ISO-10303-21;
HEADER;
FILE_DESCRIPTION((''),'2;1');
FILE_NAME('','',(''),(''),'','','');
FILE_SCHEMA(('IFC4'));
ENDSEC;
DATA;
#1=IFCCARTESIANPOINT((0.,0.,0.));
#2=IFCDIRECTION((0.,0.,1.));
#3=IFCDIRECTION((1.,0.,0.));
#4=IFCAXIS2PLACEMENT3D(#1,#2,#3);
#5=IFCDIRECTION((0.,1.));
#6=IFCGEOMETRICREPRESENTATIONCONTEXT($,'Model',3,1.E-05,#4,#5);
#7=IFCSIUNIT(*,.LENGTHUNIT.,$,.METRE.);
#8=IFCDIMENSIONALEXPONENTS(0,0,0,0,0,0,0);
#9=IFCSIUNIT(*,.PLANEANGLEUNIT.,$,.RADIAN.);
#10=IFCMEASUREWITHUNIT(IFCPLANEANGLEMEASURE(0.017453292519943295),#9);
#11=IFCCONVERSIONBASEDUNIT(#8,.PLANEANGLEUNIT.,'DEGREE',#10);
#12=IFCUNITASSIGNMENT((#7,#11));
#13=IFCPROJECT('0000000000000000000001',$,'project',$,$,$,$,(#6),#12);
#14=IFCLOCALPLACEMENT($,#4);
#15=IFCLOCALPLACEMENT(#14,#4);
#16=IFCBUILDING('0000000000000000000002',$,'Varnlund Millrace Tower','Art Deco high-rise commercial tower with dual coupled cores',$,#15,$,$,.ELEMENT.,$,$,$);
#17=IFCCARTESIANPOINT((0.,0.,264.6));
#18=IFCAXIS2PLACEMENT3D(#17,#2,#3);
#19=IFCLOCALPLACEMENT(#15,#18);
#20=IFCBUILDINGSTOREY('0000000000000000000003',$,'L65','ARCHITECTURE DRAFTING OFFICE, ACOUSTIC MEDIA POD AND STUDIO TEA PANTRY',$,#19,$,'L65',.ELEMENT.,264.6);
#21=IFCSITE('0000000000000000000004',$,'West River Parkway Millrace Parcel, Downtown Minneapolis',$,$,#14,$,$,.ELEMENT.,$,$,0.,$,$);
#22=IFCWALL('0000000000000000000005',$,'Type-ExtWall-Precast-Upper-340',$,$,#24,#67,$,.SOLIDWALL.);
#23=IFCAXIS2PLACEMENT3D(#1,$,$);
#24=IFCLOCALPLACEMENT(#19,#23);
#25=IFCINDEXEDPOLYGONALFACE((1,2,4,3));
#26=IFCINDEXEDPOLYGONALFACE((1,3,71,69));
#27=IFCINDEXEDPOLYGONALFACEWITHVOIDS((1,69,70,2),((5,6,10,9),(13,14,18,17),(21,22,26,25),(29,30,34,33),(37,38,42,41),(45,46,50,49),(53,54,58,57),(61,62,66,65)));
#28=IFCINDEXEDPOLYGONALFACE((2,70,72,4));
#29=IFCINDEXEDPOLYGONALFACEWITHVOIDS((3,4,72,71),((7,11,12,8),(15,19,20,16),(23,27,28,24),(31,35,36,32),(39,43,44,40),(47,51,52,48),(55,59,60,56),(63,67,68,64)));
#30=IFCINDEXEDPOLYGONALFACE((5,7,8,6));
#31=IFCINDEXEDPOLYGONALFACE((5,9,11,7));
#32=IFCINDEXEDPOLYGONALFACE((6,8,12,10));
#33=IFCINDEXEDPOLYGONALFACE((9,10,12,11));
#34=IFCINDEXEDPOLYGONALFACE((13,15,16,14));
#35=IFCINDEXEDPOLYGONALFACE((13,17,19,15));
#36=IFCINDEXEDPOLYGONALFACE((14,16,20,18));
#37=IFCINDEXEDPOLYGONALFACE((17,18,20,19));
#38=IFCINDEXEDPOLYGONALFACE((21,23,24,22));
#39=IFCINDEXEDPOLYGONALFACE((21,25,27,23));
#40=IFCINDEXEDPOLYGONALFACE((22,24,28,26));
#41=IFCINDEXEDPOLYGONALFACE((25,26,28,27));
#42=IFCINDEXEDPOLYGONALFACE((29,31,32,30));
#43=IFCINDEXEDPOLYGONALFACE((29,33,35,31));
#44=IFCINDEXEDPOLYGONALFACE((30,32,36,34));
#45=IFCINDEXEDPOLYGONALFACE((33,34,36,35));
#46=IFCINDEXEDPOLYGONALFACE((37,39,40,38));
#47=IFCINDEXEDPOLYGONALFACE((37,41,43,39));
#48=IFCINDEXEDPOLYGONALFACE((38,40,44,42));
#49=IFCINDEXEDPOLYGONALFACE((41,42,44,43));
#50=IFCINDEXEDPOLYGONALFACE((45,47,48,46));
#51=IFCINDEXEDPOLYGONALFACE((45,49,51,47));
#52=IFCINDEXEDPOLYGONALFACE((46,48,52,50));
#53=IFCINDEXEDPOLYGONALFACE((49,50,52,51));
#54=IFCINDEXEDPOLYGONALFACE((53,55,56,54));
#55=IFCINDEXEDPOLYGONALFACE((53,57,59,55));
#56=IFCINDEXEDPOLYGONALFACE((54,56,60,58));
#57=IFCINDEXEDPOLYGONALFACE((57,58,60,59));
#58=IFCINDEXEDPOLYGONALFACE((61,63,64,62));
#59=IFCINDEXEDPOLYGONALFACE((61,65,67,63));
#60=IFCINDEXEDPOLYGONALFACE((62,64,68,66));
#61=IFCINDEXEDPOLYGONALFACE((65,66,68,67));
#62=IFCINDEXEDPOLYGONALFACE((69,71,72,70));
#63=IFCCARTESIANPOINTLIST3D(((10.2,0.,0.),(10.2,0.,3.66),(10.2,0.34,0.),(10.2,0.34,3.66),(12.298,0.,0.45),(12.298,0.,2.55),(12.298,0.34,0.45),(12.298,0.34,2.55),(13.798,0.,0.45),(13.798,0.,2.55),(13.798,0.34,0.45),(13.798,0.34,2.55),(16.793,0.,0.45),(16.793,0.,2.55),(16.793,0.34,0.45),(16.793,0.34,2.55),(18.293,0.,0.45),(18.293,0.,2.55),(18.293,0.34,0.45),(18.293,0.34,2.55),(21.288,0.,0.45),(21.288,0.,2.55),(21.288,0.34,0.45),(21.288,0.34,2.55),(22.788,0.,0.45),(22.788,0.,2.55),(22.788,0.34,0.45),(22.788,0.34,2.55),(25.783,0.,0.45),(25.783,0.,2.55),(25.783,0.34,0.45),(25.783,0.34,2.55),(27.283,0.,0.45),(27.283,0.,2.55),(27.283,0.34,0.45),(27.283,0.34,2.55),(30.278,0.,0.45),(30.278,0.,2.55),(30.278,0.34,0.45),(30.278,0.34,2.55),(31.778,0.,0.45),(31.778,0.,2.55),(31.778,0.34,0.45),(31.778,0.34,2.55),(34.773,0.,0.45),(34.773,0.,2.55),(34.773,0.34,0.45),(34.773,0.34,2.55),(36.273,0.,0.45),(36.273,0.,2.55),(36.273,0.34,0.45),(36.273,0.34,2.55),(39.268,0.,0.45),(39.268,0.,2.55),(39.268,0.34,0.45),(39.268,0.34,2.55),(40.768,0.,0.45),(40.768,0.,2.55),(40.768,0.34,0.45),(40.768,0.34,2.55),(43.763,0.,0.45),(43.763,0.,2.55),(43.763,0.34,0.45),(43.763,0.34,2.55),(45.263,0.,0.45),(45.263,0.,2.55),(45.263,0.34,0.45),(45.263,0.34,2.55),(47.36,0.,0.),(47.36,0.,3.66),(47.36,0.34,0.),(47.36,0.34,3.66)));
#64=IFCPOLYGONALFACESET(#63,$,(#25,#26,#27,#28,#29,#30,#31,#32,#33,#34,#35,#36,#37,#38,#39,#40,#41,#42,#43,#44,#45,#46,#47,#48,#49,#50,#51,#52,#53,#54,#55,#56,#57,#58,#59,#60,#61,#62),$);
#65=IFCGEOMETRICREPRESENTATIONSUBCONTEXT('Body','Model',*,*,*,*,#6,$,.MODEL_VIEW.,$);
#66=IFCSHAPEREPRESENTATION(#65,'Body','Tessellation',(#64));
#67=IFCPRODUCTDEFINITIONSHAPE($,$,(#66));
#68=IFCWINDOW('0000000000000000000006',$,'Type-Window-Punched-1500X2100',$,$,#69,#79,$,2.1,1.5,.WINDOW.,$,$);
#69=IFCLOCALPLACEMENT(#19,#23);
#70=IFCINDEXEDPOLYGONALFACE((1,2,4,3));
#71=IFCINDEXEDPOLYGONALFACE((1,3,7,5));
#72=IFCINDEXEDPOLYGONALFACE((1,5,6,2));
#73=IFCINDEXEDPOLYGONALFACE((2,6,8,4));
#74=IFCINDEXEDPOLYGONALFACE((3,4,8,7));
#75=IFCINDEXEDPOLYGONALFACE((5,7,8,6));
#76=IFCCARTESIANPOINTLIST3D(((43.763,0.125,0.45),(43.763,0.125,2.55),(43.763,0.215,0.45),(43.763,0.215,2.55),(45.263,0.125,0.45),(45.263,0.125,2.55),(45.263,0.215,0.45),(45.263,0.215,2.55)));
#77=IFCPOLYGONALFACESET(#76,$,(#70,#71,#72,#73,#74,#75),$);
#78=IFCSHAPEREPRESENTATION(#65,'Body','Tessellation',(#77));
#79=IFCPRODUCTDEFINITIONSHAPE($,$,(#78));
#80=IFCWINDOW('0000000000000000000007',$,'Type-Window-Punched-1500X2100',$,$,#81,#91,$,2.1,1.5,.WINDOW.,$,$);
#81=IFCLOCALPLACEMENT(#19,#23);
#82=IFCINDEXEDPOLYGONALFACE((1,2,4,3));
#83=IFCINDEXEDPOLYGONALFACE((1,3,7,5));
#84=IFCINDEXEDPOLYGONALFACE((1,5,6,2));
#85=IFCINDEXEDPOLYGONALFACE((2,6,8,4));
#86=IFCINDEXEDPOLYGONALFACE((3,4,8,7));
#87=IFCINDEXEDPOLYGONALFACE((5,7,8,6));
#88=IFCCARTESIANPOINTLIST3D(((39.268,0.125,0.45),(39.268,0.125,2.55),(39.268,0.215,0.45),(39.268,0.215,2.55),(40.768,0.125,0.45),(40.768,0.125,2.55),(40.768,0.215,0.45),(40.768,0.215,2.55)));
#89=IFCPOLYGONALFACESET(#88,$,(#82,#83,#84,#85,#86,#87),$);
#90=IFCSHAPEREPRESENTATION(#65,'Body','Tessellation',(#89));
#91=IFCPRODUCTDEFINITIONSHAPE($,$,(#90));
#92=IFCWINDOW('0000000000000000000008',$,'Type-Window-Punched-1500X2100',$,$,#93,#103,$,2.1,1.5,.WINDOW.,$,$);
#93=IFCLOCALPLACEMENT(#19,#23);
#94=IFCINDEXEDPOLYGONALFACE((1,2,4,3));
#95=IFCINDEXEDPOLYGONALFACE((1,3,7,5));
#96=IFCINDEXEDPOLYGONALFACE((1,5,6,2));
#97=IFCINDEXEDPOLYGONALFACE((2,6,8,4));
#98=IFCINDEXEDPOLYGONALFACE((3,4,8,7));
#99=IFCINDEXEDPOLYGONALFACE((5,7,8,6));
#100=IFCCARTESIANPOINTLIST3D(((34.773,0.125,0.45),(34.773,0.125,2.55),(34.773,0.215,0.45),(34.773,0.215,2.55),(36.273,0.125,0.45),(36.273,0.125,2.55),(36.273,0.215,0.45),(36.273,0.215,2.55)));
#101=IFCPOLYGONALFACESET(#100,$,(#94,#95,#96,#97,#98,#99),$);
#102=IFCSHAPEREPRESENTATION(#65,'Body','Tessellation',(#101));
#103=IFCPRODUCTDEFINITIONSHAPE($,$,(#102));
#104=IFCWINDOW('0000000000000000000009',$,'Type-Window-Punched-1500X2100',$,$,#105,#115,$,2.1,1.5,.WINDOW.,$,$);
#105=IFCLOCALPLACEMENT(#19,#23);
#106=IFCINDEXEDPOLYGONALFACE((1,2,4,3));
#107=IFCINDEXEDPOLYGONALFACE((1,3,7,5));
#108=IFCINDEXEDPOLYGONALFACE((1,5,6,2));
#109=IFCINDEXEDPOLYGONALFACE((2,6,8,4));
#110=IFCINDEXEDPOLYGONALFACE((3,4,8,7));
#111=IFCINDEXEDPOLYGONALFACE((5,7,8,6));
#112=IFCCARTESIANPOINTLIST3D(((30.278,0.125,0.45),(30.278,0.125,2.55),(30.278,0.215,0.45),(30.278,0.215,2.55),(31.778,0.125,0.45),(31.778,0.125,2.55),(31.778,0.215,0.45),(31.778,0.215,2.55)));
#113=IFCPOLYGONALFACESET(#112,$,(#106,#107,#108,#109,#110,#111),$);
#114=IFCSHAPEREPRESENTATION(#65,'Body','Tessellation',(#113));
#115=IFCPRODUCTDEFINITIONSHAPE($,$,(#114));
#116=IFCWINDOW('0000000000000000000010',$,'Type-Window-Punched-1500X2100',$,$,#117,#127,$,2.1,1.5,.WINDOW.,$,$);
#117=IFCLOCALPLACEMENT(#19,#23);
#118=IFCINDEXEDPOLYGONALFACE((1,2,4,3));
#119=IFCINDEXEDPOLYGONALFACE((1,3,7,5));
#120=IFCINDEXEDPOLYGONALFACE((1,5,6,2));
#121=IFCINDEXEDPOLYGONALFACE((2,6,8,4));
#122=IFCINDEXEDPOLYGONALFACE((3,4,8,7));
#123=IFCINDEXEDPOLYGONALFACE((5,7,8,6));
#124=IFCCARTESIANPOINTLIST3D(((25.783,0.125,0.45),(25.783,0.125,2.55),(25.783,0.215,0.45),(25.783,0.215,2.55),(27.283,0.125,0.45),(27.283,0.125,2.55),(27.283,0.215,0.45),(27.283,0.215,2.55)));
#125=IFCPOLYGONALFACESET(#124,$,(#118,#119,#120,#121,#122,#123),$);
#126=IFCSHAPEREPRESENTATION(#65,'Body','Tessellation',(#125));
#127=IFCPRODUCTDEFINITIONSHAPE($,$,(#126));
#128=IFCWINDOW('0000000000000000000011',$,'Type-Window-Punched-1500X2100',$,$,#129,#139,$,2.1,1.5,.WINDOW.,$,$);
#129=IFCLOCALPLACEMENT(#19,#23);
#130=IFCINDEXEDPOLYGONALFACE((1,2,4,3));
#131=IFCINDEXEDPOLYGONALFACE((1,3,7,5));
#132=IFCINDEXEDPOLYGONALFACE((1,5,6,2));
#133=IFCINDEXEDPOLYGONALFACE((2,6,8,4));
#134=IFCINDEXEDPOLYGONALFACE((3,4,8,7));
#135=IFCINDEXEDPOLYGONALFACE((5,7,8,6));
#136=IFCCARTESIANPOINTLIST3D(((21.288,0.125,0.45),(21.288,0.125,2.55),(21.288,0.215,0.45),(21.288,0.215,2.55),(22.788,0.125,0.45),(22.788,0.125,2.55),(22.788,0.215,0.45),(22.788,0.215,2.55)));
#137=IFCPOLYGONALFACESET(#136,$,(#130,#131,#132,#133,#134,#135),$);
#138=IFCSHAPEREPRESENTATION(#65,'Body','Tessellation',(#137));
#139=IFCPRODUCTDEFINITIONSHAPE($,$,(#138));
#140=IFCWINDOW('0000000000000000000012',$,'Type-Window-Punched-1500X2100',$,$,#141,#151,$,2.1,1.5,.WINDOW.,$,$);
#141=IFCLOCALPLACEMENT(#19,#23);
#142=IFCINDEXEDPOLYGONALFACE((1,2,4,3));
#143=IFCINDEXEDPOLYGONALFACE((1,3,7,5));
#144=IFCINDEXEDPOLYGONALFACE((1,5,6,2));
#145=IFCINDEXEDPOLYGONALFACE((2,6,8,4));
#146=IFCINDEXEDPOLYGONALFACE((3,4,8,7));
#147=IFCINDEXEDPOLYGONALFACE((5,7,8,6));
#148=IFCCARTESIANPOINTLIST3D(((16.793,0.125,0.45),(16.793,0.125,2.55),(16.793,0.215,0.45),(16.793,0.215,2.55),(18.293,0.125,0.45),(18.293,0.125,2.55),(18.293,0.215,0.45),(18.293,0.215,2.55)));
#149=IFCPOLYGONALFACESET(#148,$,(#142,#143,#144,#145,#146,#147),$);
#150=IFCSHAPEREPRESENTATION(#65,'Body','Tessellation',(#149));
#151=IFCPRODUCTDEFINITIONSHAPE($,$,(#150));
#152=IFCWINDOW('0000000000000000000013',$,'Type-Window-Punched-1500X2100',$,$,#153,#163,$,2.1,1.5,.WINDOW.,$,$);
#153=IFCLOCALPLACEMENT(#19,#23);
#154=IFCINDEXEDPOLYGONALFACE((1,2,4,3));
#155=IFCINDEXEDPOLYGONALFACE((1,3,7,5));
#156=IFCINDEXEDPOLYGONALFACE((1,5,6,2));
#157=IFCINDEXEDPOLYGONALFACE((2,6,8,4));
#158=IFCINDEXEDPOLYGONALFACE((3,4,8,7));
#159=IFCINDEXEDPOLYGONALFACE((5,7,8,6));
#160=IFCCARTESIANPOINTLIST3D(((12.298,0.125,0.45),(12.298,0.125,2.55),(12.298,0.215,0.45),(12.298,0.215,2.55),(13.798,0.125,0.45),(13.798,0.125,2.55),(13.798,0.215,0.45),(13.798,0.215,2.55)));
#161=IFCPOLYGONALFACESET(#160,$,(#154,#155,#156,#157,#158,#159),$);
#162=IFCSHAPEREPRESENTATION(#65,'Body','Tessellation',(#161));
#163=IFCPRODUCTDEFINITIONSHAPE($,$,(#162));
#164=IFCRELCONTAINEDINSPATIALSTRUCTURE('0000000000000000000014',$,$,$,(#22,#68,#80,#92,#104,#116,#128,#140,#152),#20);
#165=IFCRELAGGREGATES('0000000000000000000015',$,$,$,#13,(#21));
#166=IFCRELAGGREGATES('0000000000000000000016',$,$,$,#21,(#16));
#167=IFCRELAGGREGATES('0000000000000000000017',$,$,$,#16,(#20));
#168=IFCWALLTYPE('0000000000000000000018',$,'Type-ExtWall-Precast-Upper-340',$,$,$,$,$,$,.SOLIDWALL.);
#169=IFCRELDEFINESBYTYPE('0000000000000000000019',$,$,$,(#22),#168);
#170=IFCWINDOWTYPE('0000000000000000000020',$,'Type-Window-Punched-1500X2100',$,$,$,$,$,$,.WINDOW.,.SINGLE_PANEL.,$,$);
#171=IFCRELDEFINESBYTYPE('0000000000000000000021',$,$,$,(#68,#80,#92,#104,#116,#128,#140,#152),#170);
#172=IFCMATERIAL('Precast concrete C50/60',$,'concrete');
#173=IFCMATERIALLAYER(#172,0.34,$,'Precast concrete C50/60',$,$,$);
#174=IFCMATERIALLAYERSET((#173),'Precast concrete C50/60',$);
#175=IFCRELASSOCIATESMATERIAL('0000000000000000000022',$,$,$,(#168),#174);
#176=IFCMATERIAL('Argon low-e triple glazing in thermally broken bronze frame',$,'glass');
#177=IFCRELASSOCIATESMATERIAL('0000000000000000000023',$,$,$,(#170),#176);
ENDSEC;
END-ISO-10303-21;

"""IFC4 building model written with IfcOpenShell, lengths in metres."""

from ifc_helpers import new_model, entity, si_unit, converted_unit, direction, frame, origin_with_axes, origin_2d_with_axis, place, context, subcontext, project, spatial, polyline, rectangle, outline, extrude, material, layer, layer_set, type_object, element, fill, save


model = new_model("IFC4")

# Units and contexts
model_context = context("Model", 3, precision=1e-05, world=origin_with_axes(), true_north=direction((0.0, 1.0)))
body_context = subcontext(model_context, "Body", "Model", "MODEL_VIEW")
ifc_project = project(units=[si_unit("LENGTHUNIT", "METRE"), converted_unit("PLANEANGLEUNIT", "DEGREE", entity("IfcPlaneAngleMeasure", 0.017453292519943295), si_unit("PLANEANGLEUNIT", "RADIAN"), dimensions=[0, 0, 0, 0, 0, 0, 0])], contexts=[model_context])

# Site, building, storey
site_placement = place(None, origin_with_axes())
site = spatial("IfcSite", under=ifc_project, at=site_placement, Name="West River Parkway Millrace Parcel, Downtown Minneapolis", CompositionType="ELEMENT", RefElevation=0.0)
building_placement = place(site_placement, origin_with_axes())
building = spatial("IfcBuilding", under=site, at=building_placement, Name="Varnlund Millrace Tower", Description="Art Deco high-rise commercial tower with dual coupled cores", CompositionType="ELEMENT")
storey_placement = place(building_placement, frame((0.0, 0.0, 264.6), z_axis=(0.0, 0.0, 1.0), x_axis=(1.0, 0.0, 0.0)))
storey = spatial("IfcBuildingStorey", under=building, at=storey_placement, Name="L65", Description="ARCHITECTURE DRAFTING OFFICE, ACOUSTIC MEDIA POD AND STUDIO TEA PANTRY", LongName="L65", CompositionType="ELEMENT", Elevation=264.6)

# Shared definitions
ifc_material_1 = material(Name="Precast concrete C50/60", Category="concrete")
ifc_layer_1 = layer(ifc_material_1, 0.34, Name="Precast concrete C50/60")
ifc_layer_set_1 = layer_set([ifc_layer_1], Name="Precast concrete C50/60")
wall_type_1 = type_object("IfcWallType", Name="Type-ExtWall-Precast-Upper-340", PredefinedType="SOLIDWALL", material=ifc_layer_set_1)

# Wall, openings, windows
wall_1_placement = place(storey_placement, frame((47.36, 0.17, 0.0), z_axis=(0.0, 0.0, 1.0), x_axis=(-1.0, 0.0, 0.0)))
wall_1 = element("IfcWall", 1, at=wall_1_placement, inside=storey, type_object=wall_type_1, Name="Type-ExtWall-Precast-Upper-340", PredefinedType="SOLIDWALL", context=body_context, shape_type="SweptSolid", body=[
    extrude(outline(polyline([(0.0, -0.17), (37.16, -0.17), (37.16, 0.17), (0.0, 0.17), (0.0, -0.17)])), origin_with_axes(), (0.0, 0.0, 1.0), 3.66),
])
opening_1_placement = place(wall_1_placement, frame((2.847, 0.0, 0.45), z_axis=(0.0, 0.0, 1.0), x_axis=(1.0, 0.0, 0.0)))
opening_1 = element("IfcOpeningElement", 2, at=opening_1_placement, cuts=wall_1, PredefinedType="OPENING", context=body_context, shape_type="SweptSolid", body=[
    extrude(rectangle(XDim=1.5, YDim=0.36, at=origin_2d_with_axis()), origin_with_axes(), (0.0, 0.0, 1.0), 2.1),
])
opening_2_placement = place(wall_1_placement, frame((7.342, 0.0, 0.45), z_axis=(0.0, 0.0, 1.0), x_axis=(1.0, 0.0, 0.0)))
opening_2 = element("IfcOpeningElement", 3, at=opening_2_placement, cuts=wall_1, PredefinedType="OPENING", context=body_context, shape_type="SweptSolid", body=[
    extrude(rectangle(XDim=1.5, YDim=0.36, at=origin_2d_with_axis()), origin_with_axes(), (0.0, 0.0, 1.0), 2.1),
])
opening_3_placement = place(wall_1_placement, frame((11.837, 0.0, 0.45), z_axis=(0.0, 0.0, 1.0), x_axis=(1.0, 0.0, 0.0)))
opening_3 = element("IfcOpeningElement", 4, at=opening_3_placement, cuts=wall_1, PredefinedType="OPENING", context=body_context, shape_type="SweptSolid", body=[
    extrude(rectangle(XDim=1.5, YDim=0.36, at=origin_2d_with_axis()), origin_with_axes(), (0.0, 0.0, 1.0), 2.1),
])
opening_4_placement = place(wall_1_placement, frame((16.332, 0.0, 0.45), z_axis=(0.0, 0.0, 1.0), x_axis=(1.0, 0.0, 0.0)))
opening_4 = element("IfcOpeningElement", 5, at=opening_4_placement, cuts=wall_1, PredefinedType="OPENING", context=body_context, shape_type="SweptSolid", body=[
    extrude(rectangle(XDim=1.5, YDim=0.36, at=origin_2d_with_axis()), origin_with_axes(), (0.0, 0.0, 1.0), 2.1),
])
opening_5_placement = place(wall_1_placement, frame((20.827, 0.0, 0.45), z_axis=(0.0, 0.0, 1.0), x_axis=(1.0, 0.0, 0.0)))
opening_5 = element("IfcOpeningElement", 6, at=opening_5_placement, cuts=wall_1, PredefinedType="OPENING", context=body_context, shape_type="SweptSolid", body=[
    extrude(rectangle(XDim=1.5, YDim=0.36, at=origin_2d_with_axis()), origin_with_axes(), (0.0, 0.0, 1.0), 2.1),
])
opening_6_placement = place(wall_1_placement, frame((25.322, 0.0, 0.45), z_axis=(0.0, 0.0, 1.0), x_axis=(1.0, 0.0, 0.0)))
opening_6 = element("IfcOpeningElement", 7, at=opening_6_placement, cuts=wall_1, PredefinedType="OPENING", context=body_context, shape_type="SweptSolid", body=[
    extrude(rectangle(XDim=1.5, YDim=0.36, at=origin_2d_with_axis()), origin_with_axes(), (0.0, 0.0, 1.0), 2.1),
])
opening_7_placement = place(wall_1_placement, frame((29.817, 0.0, 0.45), z_axis=(0.0, 0.0, 1.0), x_axis=(1.0, 0.0, 0.0)))
opening_7 = element("IfcOpeningElement", 8, at=opening_7_placement, cuts=wall_1, PredefinedType="OPENING", context=body_context, shape_type="SweptSolid", body=[
    extrude(rectangle(XDim=1.5, YDim=0.36, at=origin_2d_with_axis()), origin_with_axes(), (0.0, 0.0, 1.0), 2.1),
])
opening_8_placement = place(wall_1_placement, frame((34.312, 0.0, 0.45), z_axis=(0.0, 0.0, 1.0), x_axis=(1.0, 0.0, 0.0)))
opening_8 = element("IfcOpeningElement", 9, at=opening_8_placement, cuts=wall_1, PredefinedType="OPENING", context=body_context, shape_type="SweptSolid", body=[
    extrude(rectangle(XDim=1.5, YDim=0.36, at=origin_2d_with_axis()), origin_with_axes(), (0.0, 0.0, 1.0), 2.1),
])
ifc_material_2 = material(Name="Argon low-e triple glazing in thermally broken bronze frame", Category="glass")
window_type = type_object("IfcWindowType", Name="Type-Window-Punched-1500X2100", PartitioningType="SINGLE_PANEL", PredefinedType="WINDOW", material=ifc_material_2)
window_1_placement = place(wall_1_placement, frame((2.847, 0.0, 0.45), z_axis=(0.0, 0.0, 1.0), x_axis=(1.0, 0.0, 0.0)))
window_1 = element("IfcWindow", 10, at=window_1_placement, inside=storey, type_object=window_type, Name="Type-Window-Punched-1500X2100", OverallHeight=2.1, OverallWidth=1.5, PredefinedType="WINDOW", context=body_context, shape_type="SweptSolid", body=[
    extrude(rectangle(XDim=1.5, YDim=0.09, at=origin_2d_with_axis()), origin_with_axes(), (0.0, 0.0, 1.0), 2.1),
])
fill(opening_1, window_1)
window_2_placement = place(wall_1_placement, frame((7.342, 0.0, 0.45), z_axis=(0.0, 0.0, 1.0), x_axis=(1.0, 0.0, 0.0)))
window_2 = element("IfcWindow", 11, at=window_2_placement, inside=storey, type_object=window_type, Name="Type-Window-Punched-1500X2100", OverallHeight=2.1, OverallWidth=1.5, PredefinedType="WINDOW", context=body_context, shape_type="SweptSolid", body=[
    extrude(rectangle(XDim=1.5, YDim=0.09, at=origin_2d_with_axis()), origin_with_axes(), (0.0, 0.0, 1.0), 2.1),
])
fill(opening_2, window_2)
window_3_placement = place(wall_1_placement, frame((11.837, 0.0, 0.45), z_axis=(0.0, 0.0, 1.0), x_axis=(1.0, 0.0, 0.0)))
window_3 = element("IfcWindow", 12, at=window_3_placement, inside=storey, type_object=window_type, Name="Type-Window-Punched-1500X2100", OverallHeight=2.1, OverallWidth=1.5, PredefinedType="WINDOW", context=body_context, shape_type="SweptSolid", body=[
    extrude(rectangle(XDim=1.5, YDim=0.09, at=origin_2d_with_axis()), origin_with_axes(), (0.0, 0.0, 1.0), 2.1),
])
fill(opening_3, window_3)
window_4_placement = place(wall_1_placement, frame((16.332, 0.0, 0.45), z_axis=(0.0, 0.0, 1.0), x_axis=(1.0, 0.0, 0.0)))
window_4 = element("IfcWindow", 13, at=window_4_placement, inside=storey, type_object=window_type, Name="Type-Window-Punched-1500X2100", OverallHeight=2.1, OverallWidth=1.5, PredefinedType="WINDOW", context=body_context, shape_type="SweptSolid", body=[
    extrude(rectangle(XDim=1.5, YDim=0.09, at=origin_2d_with_axis()), origin_with_axes(), (0.0, 0.0, 1.0), 2.1),
])
fill(opening_4, window_4)
window_5_placement = place(wall_1_placement, frame((20.827, 0.0, 0.45), z_axis=(0.0, 0.0, 1.0), x_axis=(1.0, 0.0, 0.0)))
window_5 = element("IfcWindow", 14, at=window_5_placement, inside=storey, type_object=window_type, Name="Type-Window-Punched-1500X2100", OverallHeight=2.1, OverallWidth=1.5, PredefinedType="WINDOW", context=body_context, shape_type="SweptSolid", body=[
    extrude(rectangle(XDim=1.5, YDim=0.09, at=origin_2d_with_axis()), origin_with_axes(), (0.0, 0.0, 1.0), 2.1),
])
fill(opening_5, window_5)
window_6_placement = place(wall_1_placement, frame((25.322, 0.0, 0.45), z_axis=(0.0, 0.0, 1.0), x_axis=(1.0, 0.0, 0.0)))
window_6 = element("IfcWindow", 15, at=window_6_placement, inside=storey, type_object=window_type, Name="Type-Window-Punched-1500X2100", OverallHeight=2.1, OverallWidth=1.5, PredefinedType="WINDOW", context=body_context, shape_type="SweptSolid", body=[
    extrude(rectangle(XDim=1.5, YDim=0.09, at=origin_2d_with_axis()), origin_with_axes(), (0.0, 0.0, 1.0), 2.1),
])
fill(opening_6, window_6)
window_7_placement = place(wall_1_placement, frame((29.817, 0.0, 0.45), z_axis=(0.0, 0.0, 1.0), x_axis=(1.0, 0.0, 0.0)))
window_7 = element("IfcWindow", 16, at=window_7_placement, inside=storey, type_object=window_type, Name="Type-Window-Punched-1500X2100", OverallHeight=2.1, OverallWidth=1.5, PredefinedType="WINDOW", context=body_context, shape_type="SweptSolid", body=[
    extrude(rectangle(XDim=1.5, YDim=0.09, at=origin_2d_with_axis()), origin_with_axes(), (0.0, 0.0, 1.0), 2.1),
])
fill(opening_7, window_7)
window_8_placement = place(wall_1_placement, frame((34.312, 0.0, 0.45), z_axis=(0.0, 0.0, 1.0), x_axis=(1.0, 0.0, 0.0)))
window_8 = element("IfcWindow", 17, at=window_8_placement, inside=storey, type_object=window_type, Name="Type-Window-Punched-1500X2100", OverallHeight=2.1, OverallWidth=1.5, PredefinedType="WINDOW", context=body_context, shape_type="SweptSolid", body=[
    extrude(rectangle(XDim=1.5, YDim=0.09, at=origin_2d_with_axis()), origin_with_axes(), (0.0, 0.0, 1.0), 2.1),
])
fill(opening_8, window_8)

save(model, "model.ifc")
